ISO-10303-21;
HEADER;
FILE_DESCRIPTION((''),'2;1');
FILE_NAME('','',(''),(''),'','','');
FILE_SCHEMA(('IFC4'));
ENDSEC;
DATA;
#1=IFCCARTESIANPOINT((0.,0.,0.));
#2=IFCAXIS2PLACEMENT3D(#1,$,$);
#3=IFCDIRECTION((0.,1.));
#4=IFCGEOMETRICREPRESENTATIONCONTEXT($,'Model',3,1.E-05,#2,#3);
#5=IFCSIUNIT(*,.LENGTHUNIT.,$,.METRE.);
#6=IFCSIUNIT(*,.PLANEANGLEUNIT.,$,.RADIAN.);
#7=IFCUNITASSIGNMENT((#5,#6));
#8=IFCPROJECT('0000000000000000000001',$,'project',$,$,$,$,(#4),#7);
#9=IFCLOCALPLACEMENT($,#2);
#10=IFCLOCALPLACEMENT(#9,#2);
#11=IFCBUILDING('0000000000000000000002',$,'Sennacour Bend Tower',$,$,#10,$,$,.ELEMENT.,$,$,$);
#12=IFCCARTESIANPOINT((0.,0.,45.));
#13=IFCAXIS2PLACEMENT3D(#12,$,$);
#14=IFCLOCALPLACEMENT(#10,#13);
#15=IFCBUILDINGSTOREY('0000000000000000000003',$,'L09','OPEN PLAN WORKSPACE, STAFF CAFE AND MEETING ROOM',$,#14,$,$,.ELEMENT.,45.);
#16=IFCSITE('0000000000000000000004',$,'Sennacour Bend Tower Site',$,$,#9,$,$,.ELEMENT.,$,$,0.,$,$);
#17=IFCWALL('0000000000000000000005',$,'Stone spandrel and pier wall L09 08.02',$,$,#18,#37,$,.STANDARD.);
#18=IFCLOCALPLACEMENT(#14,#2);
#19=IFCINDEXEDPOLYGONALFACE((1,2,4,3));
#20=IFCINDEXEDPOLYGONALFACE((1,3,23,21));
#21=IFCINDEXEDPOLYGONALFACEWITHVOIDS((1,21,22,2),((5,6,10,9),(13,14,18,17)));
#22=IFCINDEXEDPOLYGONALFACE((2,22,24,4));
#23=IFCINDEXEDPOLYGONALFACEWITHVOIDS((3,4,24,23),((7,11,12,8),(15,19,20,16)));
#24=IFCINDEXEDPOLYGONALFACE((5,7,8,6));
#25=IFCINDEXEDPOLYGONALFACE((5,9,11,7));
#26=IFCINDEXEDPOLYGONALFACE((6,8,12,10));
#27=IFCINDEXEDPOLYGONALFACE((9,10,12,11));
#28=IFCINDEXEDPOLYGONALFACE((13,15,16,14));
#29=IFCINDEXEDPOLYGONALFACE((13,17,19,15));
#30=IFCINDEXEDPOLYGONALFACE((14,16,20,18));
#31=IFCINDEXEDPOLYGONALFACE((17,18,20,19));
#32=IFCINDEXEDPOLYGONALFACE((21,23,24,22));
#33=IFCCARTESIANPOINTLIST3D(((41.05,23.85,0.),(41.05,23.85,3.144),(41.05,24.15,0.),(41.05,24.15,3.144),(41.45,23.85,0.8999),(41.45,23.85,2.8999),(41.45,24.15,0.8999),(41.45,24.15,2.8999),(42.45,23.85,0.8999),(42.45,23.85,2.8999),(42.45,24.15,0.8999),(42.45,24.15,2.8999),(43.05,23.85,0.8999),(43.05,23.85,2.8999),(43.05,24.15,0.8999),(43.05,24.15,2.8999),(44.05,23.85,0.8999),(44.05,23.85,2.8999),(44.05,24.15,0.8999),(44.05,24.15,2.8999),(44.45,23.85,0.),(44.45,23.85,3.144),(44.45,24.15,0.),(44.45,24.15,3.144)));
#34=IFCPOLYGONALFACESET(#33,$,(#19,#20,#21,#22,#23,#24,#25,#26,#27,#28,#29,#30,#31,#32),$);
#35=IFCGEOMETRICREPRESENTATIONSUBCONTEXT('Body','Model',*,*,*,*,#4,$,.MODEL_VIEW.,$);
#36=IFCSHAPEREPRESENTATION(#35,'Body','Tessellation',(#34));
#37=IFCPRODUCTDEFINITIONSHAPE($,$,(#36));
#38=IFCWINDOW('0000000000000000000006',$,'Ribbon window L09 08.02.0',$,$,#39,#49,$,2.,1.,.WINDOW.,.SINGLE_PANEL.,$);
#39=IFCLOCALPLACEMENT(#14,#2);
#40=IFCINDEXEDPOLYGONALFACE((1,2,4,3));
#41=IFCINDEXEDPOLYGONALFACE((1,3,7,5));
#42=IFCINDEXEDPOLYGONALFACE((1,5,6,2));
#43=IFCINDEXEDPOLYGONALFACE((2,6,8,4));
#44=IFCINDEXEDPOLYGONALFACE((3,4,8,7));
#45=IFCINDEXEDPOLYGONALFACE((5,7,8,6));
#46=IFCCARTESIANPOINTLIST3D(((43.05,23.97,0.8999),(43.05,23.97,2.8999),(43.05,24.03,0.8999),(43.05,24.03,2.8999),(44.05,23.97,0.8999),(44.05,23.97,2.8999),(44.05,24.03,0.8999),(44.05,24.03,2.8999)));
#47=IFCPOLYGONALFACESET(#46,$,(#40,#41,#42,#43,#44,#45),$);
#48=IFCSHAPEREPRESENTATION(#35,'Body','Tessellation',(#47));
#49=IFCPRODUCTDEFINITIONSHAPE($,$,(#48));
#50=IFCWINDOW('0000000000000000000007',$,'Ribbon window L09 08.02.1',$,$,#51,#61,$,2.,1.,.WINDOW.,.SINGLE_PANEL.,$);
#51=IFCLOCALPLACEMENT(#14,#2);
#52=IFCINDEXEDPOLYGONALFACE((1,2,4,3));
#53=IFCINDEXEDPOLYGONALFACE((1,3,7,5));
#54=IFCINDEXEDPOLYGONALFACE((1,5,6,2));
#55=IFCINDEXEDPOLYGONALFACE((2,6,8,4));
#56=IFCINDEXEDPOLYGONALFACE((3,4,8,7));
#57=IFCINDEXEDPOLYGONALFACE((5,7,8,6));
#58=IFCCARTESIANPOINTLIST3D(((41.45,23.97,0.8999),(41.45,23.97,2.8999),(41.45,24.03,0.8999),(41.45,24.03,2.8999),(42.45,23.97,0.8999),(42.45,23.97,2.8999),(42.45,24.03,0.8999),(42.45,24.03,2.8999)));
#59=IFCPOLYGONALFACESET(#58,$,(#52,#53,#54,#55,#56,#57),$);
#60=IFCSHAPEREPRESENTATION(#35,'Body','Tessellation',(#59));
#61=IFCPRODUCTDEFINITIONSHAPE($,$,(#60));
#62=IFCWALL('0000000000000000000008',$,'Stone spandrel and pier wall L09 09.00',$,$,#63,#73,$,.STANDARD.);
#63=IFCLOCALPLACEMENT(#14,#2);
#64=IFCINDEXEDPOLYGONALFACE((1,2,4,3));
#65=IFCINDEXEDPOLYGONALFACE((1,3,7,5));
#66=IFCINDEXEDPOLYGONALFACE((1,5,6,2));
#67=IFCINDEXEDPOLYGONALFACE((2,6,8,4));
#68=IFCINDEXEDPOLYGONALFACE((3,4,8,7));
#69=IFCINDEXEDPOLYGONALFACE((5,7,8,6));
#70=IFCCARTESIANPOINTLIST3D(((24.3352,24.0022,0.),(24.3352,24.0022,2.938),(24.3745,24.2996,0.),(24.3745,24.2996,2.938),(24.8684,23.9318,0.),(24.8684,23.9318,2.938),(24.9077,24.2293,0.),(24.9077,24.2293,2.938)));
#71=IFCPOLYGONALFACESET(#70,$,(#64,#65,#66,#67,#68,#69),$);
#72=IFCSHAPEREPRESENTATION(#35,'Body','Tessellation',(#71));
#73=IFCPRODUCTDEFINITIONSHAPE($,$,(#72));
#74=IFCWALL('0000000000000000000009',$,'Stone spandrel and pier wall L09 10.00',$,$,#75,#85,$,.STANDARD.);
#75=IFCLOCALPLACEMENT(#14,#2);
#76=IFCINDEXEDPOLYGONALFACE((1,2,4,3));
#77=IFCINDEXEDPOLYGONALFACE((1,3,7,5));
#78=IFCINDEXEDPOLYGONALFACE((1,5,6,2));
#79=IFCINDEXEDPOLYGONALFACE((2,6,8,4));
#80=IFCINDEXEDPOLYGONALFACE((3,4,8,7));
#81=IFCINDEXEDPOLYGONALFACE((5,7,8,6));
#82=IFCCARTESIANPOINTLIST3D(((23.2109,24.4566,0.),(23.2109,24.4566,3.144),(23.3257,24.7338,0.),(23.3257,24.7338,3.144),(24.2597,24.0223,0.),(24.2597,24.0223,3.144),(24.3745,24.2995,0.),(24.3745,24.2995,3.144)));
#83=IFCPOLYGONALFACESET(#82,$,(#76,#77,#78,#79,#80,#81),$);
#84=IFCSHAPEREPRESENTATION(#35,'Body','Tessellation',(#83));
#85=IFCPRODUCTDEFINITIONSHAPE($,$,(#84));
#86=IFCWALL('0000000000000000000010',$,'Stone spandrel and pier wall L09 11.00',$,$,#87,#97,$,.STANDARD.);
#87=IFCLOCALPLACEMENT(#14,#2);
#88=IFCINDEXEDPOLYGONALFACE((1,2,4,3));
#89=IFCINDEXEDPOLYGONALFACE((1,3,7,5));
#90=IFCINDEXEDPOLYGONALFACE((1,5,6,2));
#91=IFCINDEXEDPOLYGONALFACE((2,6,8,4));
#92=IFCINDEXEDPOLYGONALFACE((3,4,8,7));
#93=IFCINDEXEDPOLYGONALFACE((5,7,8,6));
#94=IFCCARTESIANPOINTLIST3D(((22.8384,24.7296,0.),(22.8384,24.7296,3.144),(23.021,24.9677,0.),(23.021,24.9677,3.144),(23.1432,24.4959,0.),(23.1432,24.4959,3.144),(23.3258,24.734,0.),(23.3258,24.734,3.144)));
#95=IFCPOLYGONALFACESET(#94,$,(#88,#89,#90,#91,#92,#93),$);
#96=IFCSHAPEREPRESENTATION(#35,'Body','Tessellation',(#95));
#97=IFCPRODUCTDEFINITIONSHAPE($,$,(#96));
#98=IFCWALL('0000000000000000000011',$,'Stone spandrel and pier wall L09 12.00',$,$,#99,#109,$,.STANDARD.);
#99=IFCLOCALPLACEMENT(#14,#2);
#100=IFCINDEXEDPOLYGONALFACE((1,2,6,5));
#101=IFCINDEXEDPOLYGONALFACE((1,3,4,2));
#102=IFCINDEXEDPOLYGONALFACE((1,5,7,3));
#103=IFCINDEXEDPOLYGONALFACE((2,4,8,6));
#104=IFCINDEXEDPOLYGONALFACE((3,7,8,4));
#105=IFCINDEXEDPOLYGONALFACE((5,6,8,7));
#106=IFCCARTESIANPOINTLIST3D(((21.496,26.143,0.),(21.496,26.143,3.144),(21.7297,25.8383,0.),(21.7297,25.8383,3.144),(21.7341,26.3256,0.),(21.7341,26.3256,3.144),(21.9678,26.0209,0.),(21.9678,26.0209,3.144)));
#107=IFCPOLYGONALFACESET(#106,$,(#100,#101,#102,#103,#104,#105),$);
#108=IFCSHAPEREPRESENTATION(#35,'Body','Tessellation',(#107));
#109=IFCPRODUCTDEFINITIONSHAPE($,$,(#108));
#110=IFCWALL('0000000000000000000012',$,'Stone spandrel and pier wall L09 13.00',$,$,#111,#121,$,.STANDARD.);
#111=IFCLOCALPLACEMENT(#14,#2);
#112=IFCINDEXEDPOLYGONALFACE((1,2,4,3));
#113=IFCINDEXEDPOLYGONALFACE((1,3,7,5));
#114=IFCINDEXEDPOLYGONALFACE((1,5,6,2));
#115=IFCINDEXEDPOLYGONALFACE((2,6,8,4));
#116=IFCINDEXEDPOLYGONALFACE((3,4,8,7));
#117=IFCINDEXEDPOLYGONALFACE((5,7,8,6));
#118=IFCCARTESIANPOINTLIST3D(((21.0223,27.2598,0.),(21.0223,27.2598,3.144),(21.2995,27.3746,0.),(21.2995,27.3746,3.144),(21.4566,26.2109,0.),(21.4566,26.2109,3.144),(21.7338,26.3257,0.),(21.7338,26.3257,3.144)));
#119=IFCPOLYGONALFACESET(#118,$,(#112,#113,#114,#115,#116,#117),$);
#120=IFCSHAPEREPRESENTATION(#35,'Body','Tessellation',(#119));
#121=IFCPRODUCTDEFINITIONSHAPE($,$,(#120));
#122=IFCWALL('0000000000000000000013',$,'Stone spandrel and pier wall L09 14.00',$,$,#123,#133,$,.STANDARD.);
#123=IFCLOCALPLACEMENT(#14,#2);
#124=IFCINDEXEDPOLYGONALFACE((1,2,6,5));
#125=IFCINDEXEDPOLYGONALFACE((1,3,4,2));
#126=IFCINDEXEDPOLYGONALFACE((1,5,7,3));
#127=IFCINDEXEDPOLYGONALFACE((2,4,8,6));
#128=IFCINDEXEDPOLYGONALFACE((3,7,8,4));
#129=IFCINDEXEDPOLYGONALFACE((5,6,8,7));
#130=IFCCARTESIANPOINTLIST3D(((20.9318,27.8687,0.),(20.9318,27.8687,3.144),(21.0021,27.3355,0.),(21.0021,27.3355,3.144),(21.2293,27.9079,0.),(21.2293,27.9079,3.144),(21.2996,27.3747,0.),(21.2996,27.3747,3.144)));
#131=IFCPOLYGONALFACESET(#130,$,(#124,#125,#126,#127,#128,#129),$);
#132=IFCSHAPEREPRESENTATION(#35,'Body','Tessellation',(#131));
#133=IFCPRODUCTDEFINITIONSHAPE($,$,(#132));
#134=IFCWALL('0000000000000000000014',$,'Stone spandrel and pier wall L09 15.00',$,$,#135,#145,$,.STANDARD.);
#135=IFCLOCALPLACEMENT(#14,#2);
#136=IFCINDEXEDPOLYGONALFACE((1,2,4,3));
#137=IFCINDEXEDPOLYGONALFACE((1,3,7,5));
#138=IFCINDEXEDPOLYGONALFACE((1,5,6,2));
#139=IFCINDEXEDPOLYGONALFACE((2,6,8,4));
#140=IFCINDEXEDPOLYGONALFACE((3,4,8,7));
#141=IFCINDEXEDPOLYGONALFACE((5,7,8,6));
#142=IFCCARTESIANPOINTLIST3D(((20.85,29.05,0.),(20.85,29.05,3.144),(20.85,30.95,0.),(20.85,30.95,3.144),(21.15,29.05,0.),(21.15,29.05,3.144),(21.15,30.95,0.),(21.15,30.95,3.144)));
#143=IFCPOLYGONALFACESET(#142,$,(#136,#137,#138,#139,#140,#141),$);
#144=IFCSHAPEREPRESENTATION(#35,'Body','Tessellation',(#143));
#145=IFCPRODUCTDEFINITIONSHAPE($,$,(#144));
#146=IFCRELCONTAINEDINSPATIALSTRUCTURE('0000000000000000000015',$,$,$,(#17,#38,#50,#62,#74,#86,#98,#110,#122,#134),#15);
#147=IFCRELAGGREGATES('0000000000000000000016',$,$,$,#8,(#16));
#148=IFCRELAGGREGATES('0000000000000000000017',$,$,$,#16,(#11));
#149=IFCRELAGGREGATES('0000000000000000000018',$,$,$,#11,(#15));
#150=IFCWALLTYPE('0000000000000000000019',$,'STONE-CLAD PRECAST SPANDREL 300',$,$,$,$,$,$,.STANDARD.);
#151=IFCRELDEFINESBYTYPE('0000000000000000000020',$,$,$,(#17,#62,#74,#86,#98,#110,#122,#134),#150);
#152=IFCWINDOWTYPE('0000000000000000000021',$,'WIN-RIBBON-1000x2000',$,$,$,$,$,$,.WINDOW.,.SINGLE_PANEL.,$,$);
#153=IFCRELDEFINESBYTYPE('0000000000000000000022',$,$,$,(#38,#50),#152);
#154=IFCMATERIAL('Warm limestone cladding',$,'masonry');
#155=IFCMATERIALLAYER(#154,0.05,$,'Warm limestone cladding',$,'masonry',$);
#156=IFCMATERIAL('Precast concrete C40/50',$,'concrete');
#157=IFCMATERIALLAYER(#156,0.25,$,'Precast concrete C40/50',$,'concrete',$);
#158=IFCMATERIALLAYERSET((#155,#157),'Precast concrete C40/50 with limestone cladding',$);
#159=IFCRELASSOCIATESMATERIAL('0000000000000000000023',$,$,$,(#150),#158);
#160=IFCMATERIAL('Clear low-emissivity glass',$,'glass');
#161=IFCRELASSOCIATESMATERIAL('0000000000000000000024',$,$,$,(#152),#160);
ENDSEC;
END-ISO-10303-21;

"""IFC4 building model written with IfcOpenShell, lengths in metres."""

from ifc_helpers import new_model, si_unit, direction, frame, frame_2d, origin, place, context, subcontext, project, spatial, rectangle, extrude, material, layer, layer_set, type_object, element, fill, save


model = new_model("IFC4")

# Units and contexts
model_context = context("Model", 3, precision=1e-05, world=origin(), true_north=direction((0.0, 1.0)))
body_context = subcontext(model_context, "Body", "Model", "MODEL_VIEW")
ifc_project = project(units=[si_unit("LENGTHUNIT", "METRE"), si_unit("PLANEANGLEUNIT", "RADIAN")], contexts=[model_context])

# Site, building, storey
site_placement = place(None, origin())
site = spatial("IfcSite", under=ifc_project, at=site_placement, Name="Sennacour Bend Tower Site", CompositionType="ELEMENT", RefElevation=0.0)
building_placement = place(site_placement, origin())
building = spatial("IfcBuilding", under=site, at=building_placement, Name="Sennacour Bend Tower", CompositionType="ELEMENT")
storey_placement = place(building_placement, frame((0.0, 0.0, 45.0)))
storey = spatial("IfcBuildingStorey", under=building, at=storey_placement, Name="L09", Description="OPEN PLAN WORKSPACE, STAFF CAFE AND MEETING ROOM", CompositionType="ELEMENT", Elevation=45.0)

# Wall, openings, windows
ifc_material_1 = material(Name="Warm limestone cladding", Category="masonry")
ifc_layer_1 = layer(ifc_material_1, 0.05, Name="Warm limestone cladding", Category="masonry")
ifc_material_2 = material(Name="Precast concrete C40/50", Category="concrete")
ifc_layer_2 = layer(ifc_material_2, 0.25, Name="Precast concrete C40/50", Category="concrete")
ifc_layer_set_1 = layer_set([ifc_layer_1, ifc_layer_2], Name="Precast concrete C40/50 with limestone cladding")
wall_type_1 = type_object("IfcWallType", Name="STONE-CLAD PRECAST SPANDREL 300", PredefinedType="STANDARD", material=ifc_layer_set_1)
wall_1_placement = place(storey_placement, frame((44.45, 24.0, 0.0), z_axis=(0.0, 0.0, 1.0), x_axis=(-1.0, 0.0, 0.0)))
wall_1 = element("IfcWall", 1, at=wall_1_placement, inside=storey, type_object=wall_type_1, Name="Stone spandrel and pier wall L09 08.02", PredefinedType="STANDARD", context=body_context, shape_type="SweptSolid", body=[
    extrude(rectangle(XDim=3.3999, YDim=0.3, at=frame_2d((1.7, 0.0))), origin(), (0.0, 0.0, 1.0), 3.144),
])
opening_1_placement = place(wall_1_placement, frame((0.3999, 0.0, 0.8999)))
opening_1 = element("IfcOpeningElement", 2, at=opening_1_placement, cuts=wall_1, PredefinedType="OPENING", context=body_context, shape_type="SweptSolid", body=[
    extrude(rectangle(XDim=1.0, YDim=2.0, at=frame_2d((0.5, 1.0))), frame((0.0, 0.1602, 0.0), z_axis=(0.0, -1.0, 0.0), x_axis=(1.0, 0.0, 0.0)), (0.0, 0.0, 1.0), 0.3201),
])
opening_2_placement = place(wall_1_placement, frame((2.0, 0.0, 0.8999)))
opening_2 = element("IfcOpeningElement", 3, at=opening_2_placement, cuts=wall_1, PredefinedType="OPENING", context=body_context, shape_type="SweptSolid", body=[
    extrude(rectangle(XDim=1.0, YDim=2.0, at=frame_2d((0.5, 1.0))), frame((0.0, 0.1602, 0.0), z_axis=(0.0, -1.0, 0.0), x_axis=(1.0, 0.0, 0.0)), (0.0, 0.0, 1.0), 0.3201),
])
ifc_material_3 = material(Name="Clear low-emissivity glass", Category="glass")
window_type_1 = type_object("IfcWindowType", Name="WIN-RIBBON-1000x2000", PartitioningType="SINGLE_PANEL", PredefinedType="WINDOW", material=ifc_material_3)
window_1_placement = place(opening_1_placement, origin())
window_1 = element("IfcWindow", 4, at=window_1_placement, inside=storey, type_object=window_type_1, Name="Ribbon window L09 08.02.0", OverallHeight=2.0, OverallWidth=1.0, PartitioningType="SINGLE_PANEL", PredefinedType="WINDOW", context=body_context, shape_type="SweptSolid", body=[
    extrude(rectangle(XDim=1.0, YDim=2.0, at=frame_2d((0.5, 1.0))), frame((0.0, 0.03, 0.0), z_axis=(0.0, -1.0, 0.0), x_axis=(1.0, 0.0, 0.0)), (0.0, 0.0, 1.0), 0.0601),
])
fill(opening_1, window_1)
window_2_placement = place(opening_2_placement, origin())
window_2 = element("IfcWindow", 5, at=window_2_placement, inside=storey, type_object=window_type_1, Name="Ribbon window L09 08.02.1", OverallHeight=2.0, OverallWidth=1.0, PartitioningType="SINGLE_PANEL", PredefinedType="WINDOW", context=body_context, shape_type="SweptSolid", body=[
    extrude(rectangle(XDim=1.0, YDim=2.0, at=frame_2d((0.5, 1.0))), frame((0.0, 0.03, 0.0), z_axis=(0.0, -1.0, 0.0), x_axis=(1.0, 0.0, 0.0)), (0.0, 0.0, 1.0), 0.0601),
])
fill(opening_2, window_2)

# Walls
wall_2_placement = place(storey_placement, frame((24.8882, 24.0806, 0.0), z_axis=(0.0, 0.0, 1.0), x_axis=(-0.991417, 0.130736, 0.0)))
element("IfcWall", 6, at=wall_2_placement, inside=storey, type_object=wall_type_1, Name="Stone spandrel and pier wall L09 09.00", PredefinedType="STANDARD", context=body_context, shape_type="SweptSolid", body=[
    extrude(rectangle(XDim=0.5378, YDim=0.3, at=frame_2d((0.269, 0.0))), origin(), (0.0, 0.0, 1.0), 2.938),
])
wall_3_placement = place(storey_placement, frame((24.3171, 24.1609, 0.0), z_axis=(0.0, 0.0, 1.0), x_axis=(-0.923915, 0.382599, 0.0)))
element("IfcWall", 7, at=wall_3_placement, inside=storey, type_object=wall_type_1, Name="Stone spandrel and pier wall L09 10.00", PredefinedType="STANDARD", context=body_context, shape_type="SweptSolid", body=[
    extrude(rectangle(XDim=1.1353, YDim=0.3, at=frame_2d((0.5676, 0.0))), origin(), (0.0, 0.0, 1.0), 3.144),
])
for number, where, z_axis, x_axis, name in (
    (8, (23.2344, 24.615, 0.0), (0.0, 0.0, 1.0), (-0.793545, 0.608512, 0.0), "Stone spandrel and pier wall L09 11.00"),
    (9, (21.8486, 25.9297, 0.0), (0.0, 0.0, 1.0), (-0.608512, 0.793545, 0.0), "Stone spandrel and pier wall L09 12.00"),
):
    element("IfcWall", number, at=place(storey_placement, frame(where, z_axis=z_axis, x_axis=x_axis)), inside=storey, type_object=wall_type_1, Name=name, PredefinedType="STANDARD", context=body_context, shape_type="SweptSolid", body=[
        extrude(rectangle(XDim=0.384, YDim=0.3, at=frame_2d((0.1919, 0.0))), origin(), (0.0, 0.0, 1.0), 3.144),
    ])
wall_4_placement = place(storey_placement, frame((21.5952, 26.2683, 0.0), z_axis=(0.0, 0.0, 1.0), x_axis=(-0.382599, 0.923915, 0.0)))
element("IfcWall", 10, at=wall_4_placement, inside=storey, type_object=wall_type_1, Name="Stone spandrel and pier wall L09 13.00", PredefinedType="STANDARD", context=body_context, shape_type="SweptSolid", body=[
    extrude(rectangle(XDim=1.1353, YDim=0.3, at=frame_2d((0.5676, 0.0))), origin(), (0.0, 0.0, 1.0), 3.144),
])
wall_5_placement = place(storey_placement, frame((21.1509, 27.355, 0.0), z_axis=(0.0, 0.0, 1.0), x_axis=(-0.130736, 0.991417, 0.0)))
element("IfcWall", 11, at=wall_5_placement, inside=storey, type_object=wall_type_1, Name="Stone spandrel and pier wall L09 14.00", PredefinedType="STANDARD", context=body_context, shape_type="SweptSolid", body=[
    extrude(rectangle(XDim=0.5378, YDim=0.3, at=frame_2d((0.269, 0.0))), origin(), (0.0, 0.0, 1.0), 3.144),
])
wall_6_placement = place(storey_placement, frame((21.0, 29.05, 0.0), z_axis=(0.0, 0.0, 1.0), x_axis=(0.0, 1.0, 0.0)))
element("IfcWall", 12, at=wall_6_placement, inside=storey, type_object=wall_type_1, Name="Stone spandrel and pier wall L09 15.00", PredefinedType="STANDARD", context=body_context, shape_type="SweptSolid", body=[
    extrude(rectangle(XDim=1.8999, YDim=0.3, at=frame_2d((0.95, 0.0))), origin(), (0.0, 0.0, 1.0), 3.144),
])

save(model, "model.ifc")
